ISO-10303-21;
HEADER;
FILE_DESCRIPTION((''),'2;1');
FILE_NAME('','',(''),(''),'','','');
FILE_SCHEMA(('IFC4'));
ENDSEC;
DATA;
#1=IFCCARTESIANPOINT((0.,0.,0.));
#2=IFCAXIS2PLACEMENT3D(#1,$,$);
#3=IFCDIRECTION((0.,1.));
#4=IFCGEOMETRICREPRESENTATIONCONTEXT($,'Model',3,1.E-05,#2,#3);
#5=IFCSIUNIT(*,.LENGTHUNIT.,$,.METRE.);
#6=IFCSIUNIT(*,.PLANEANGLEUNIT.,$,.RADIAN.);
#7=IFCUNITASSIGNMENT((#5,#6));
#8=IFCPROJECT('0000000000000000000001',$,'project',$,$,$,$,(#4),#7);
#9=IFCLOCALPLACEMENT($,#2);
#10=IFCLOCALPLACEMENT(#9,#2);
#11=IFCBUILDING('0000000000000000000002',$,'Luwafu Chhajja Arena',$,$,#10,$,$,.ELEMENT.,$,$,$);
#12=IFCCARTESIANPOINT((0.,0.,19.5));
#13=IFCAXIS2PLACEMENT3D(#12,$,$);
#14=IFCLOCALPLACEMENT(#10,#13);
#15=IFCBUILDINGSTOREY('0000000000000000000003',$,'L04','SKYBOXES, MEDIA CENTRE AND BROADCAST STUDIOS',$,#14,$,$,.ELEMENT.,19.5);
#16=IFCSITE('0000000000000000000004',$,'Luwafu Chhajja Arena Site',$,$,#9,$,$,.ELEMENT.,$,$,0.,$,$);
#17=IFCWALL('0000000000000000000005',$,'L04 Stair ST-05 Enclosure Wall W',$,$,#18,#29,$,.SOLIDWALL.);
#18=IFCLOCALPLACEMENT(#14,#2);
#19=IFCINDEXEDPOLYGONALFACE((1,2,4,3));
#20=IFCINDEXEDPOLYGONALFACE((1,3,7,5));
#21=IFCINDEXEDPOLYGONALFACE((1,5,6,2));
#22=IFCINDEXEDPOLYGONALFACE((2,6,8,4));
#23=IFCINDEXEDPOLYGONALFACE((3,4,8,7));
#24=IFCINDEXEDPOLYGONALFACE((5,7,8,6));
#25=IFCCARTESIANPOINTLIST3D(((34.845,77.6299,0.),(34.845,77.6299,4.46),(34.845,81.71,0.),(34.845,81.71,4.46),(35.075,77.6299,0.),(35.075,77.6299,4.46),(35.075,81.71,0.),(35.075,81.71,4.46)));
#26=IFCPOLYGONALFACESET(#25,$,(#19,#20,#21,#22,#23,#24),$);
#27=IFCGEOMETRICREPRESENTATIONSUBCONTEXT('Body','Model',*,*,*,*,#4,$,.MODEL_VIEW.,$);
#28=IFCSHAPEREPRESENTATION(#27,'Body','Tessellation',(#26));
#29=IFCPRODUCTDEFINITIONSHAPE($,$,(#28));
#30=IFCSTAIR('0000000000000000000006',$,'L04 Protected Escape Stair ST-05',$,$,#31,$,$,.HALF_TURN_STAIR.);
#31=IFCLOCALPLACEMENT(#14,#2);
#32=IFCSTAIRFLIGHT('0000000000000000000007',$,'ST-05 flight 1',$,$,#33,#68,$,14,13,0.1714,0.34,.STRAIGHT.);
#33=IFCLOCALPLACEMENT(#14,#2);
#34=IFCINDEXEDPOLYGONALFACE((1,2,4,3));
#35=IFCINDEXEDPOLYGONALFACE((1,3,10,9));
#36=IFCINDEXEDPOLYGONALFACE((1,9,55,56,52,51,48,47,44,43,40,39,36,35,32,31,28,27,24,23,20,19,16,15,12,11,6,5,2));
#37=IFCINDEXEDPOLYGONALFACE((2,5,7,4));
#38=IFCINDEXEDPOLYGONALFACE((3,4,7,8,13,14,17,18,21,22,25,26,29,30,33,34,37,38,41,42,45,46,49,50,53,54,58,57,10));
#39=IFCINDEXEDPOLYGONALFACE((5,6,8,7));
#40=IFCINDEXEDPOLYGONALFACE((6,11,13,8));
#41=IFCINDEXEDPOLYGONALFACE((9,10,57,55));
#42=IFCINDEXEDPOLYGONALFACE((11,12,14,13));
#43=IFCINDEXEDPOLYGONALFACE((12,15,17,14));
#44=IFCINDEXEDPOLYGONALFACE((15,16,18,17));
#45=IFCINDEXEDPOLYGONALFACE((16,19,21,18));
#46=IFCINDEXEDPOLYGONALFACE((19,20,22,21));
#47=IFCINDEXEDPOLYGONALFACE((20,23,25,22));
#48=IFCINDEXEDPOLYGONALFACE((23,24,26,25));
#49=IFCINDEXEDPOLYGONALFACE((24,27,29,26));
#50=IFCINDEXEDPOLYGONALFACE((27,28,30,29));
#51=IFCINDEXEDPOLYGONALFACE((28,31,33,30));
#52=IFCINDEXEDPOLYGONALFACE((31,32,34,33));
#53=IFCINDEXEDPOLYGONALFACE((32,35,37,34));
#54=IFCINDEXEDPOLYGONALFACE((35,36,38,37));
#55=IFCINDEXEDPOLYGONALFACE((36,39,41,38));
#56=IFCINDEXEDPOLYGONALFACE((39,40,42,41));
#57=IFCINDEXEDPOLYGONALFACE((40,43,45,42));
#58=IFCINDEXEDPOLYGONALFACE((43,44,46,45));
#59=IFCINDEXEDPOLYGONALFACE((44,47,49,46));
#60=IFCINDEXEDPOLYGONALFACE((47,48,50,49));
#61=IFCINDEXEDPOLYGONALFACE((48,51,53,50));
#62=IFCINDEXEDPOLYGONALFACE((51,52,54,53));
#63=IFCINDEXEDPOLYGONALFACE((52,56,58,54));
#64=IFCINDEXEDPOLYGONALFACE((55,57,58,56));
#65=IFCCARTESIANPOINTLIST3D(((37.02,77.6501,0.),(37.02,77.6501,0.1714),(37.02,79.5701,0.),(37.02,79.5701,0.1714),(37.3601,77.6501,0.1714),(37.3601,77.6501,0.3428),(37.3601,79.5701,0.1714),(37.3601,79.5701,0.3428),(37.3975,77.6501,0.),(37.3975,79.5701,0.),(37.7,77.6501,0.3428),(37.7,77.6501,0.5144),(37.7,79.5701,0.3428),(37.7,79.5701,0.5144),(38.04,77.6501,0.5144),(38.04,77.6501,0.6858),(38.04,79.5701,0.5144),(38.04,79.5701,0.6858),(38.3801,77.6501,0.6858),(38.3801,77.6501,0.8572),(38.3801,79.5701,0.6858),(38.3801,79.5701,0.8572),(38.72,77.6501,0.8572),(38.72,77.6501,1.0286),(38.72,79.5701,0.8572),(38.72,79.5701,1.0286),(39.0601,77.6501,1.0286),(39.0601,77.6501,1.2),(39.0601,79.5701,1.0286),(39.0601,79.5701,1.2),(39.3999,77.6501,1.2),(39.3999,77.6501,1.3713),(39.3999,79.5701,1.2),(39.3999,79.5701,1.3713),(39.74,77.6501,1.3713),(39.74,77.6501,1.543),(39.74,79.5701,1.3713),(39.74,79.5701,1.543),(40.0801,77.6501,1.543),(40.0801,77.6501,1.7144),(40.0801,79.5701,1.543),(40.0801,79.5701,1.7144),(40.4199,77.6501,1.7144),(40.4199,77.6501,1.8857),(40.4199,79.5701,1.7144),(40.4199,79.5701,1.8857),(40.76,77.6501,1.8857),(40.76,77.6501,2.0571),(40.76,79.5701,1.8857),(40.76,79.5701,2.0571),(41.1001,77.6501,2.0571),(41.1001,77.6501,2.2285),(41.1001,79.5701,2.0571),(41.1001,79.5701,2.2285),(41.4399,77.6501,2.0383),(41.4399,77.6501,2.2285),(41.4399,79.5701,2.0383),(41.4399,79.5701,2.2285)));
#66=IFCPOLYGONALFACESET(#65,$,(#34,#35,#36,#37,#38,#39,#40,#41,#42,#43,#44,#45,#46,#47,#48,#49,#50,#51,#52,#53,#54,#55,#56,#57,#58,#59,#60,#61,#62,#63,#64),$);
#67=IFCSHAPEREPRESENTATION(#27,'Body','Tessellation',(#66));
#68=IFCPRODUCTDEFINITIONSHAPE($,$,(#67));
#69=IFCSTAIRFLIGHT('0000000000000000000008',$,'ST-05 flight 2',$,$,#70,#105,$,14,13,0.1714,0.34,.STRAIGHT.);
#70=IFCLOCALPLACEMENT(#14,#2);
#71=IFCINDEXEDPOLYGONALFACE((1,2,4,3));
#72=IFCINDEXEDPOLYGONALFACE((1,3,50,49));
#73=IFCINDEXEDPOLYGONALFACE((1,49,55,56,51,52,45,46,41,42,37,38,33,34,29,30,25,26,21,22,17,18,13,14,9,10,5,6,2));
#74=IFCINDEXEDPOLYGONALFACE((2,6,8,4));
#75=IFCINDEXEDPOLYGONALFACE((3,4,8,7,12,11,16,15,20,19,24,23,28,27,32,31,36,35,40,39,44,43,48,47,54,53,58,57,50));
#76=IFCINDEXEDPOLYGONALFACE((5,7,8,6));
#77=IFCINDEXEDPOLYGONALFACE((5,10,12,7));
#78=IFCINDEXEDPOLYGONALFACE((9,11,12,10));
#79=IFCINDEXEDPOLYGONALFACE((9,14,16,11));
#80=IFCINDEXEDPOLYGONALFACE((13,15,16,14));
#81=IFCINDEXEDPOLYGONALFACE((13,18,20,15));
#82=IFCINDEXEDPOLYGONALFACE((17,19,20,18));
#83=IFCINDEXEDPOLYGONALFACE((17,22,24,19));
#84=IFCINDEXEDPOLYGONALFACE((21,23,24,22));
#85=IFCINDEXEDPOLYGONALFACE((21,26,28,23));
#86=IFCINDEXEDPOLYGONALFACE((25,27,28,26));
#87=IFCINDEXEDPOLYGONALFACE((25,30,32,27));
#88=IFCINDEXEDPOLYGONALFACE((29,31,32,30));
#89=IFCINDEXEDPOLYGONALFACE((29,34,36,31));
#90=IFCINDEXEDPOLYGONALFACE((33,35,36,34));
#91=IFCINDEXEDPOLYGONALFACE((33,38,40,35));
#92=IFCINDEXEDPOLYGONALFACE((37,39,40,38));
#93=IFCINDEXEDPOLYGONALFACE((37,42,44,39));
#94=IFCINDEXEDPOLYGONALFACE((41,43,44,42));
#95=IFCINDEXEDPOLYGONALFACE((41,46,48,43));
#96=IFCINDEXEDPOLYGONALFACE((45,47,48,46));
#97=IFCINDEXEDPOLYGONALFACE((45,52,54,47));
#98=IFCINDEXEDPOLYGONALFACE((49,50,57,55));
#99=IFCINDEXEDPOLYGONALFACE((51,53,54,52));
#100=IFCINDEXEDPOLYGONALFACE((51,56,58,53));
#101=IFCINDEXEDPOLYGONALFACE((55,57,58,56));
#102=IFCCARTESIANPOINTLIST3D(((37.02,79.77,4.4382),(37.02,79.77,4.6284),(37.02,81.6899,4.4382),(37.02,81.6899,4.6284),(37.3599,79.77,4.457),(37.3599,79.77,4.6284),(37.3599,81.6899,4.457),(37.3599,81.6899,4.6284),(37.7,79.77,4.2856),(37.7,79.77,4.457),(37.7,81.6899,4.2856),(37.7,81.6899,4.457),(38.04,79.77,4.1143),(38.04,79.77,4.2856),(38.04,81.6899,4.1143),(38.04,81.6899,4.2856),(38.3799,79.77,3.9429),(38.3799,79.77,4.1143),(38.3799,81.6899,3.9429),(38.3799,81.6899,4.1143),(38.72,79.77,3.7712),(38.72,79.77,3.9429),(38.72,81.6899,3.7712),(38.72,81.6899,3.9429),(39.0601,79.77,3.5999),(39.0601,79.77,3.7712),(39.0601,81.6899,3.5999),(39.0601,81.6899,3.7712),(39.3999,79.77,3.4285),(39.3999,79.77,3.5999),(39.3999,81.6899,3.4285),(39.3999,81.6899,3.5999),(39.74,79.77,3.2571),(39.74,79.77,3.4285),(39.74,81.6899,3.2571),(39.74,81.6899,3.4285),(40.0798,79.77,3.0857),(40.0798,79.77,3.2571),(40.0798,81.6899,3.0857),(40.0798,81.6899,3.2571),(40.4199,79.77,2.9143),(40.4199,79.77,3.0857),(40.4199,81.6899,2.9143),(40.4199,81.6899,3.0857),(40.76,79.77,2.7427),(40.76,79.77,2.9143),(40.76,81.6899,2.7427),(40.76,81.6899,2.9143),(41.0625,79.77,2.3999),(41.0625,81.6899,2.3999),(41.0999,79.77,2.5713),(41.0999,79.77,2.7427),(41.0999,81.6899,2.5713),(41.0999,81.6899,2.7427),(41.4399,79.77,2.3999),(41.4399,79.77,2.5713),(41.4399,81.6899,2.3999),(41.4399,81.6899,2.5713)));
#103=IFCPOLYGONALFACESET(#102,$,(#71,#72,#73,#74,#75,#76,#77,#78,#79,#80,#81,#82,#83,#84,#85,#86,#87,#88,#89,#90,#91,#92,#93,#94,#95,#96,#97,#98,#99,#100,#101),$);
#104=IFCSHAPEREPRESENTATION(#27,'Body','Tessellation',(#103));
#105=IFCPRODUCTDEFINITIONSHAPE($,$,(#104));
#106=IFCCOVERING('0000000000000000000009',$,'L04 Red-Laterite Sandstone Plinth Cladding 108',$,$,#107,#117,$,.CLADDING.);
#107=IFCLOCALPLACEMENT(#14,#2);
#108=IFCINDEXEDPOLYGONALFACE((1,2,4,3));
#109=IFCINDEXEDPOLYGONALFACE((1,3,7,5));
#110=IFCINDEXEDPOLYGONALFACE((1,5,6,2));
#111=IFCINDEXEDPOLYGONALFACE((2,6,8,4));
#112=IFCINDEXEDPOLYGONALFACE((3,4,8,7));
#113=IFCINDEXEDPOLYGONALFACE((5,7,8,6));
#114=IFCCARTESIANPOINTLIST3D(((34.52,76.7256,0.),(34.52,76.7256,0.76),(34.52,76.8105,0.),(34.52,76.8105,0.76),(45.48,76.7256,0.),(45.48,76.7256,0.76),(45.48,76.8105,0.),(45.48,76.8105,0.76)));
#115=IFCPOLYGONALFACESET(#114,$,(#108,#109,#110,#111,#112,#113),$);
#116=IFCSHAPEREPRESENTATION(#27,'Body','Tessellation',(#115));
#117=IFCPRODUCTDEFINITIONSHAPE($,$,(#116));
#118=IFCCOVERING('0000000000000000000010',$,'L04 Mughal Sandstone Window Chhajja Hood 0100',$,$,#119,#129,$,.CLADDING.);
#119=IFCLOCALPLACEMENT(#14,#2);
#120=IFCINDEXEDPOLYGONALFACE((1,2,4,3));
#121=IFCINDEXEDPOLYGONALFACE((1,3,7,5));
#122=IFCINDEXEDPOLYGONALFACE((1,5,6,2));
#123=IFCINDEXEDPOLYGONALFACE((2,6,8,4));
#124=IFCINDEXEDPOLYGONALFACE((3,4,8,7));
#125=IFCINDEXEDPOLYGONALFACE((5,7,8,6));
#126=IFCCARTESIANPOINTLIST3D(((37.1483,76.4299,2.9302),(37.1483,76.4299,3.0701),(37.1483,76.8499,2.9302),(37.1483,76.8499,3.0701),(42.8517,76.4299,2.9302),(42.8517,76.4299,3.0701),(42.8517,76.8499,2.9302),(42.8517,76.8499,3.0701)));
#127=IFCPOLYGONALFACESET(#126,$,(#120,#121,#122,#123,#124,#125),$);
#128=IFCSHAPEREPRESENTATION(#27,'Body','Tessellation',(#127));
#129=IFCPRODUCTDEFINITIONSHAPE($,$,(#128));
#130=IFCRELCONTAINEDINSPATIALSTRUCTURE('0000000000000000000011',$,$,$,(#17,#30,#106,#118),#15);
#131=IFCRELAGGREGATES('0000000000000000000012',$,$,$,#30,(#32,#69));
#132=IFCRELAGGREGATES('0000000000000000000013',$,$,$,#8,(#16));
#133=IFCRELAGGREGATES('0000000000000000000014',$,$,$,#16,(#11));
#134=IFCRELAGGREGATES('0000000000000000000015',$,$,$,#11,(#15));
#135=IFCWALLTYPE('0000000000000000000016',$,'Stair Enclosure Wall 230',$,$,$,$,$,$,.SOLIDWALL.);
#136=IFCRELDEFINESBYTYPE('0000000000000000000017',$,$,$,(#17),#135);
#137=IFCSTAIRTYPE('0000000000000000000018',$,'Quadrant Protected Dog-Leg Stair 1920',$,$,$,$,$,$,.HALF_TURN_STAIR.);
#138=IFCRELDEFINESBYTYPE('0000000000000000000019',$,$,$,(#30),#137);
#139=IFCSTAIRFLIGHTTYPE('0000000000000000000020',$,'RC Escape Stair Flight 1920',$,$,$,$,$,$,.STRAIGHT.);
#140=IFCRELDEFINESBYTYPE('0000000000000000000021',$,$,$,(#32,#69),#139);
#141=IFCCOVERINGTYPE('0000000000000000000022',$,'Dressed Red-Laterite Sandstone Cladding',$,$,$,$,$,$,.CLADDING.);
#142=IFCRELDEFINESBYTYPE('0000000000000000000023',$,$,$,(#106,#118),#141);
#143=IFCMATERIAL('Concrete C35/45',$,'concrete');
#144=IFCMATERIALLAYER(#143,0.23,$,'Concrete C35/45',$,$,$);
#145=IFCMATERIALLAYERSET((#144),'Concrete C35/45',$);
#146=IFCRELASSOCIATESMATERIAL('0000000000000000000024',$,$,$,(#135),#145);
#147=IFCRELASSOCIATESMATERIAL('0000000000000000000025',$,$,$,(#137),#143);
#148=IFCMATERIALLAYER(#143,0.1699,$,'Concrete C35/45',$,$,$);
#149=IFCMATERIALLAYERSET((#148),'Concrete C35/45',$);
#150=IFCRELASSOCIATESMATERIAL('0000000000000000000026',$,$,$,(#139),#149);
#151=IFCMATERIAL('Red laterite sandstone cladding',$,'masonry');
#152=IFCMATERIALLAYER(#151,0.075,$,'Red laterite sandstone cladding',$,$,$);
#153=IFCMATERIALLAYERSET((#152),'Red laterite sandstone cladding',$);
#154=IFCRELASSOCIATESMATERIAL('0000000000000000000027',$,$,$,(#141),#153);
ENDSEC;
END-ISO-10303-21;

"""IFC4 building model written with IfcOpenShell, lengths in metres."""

from ifc_helpers import new_model, si_unit, direction, frame, frame_2d, origin, origin_2d, place, context, subcontext, project, spatial, polyline, rectangle, outline, extrude, material, layer, layer_set, type_object, element, aggregate, save


model = new_model("IFC4")

# Units and contexts
model_context = context("Model", 3, precision=1e-05, world=origin(), true_north=direction((0.0, 1.0)))
body_context = subcontext(model_context, "Body", "Model", "MODEL_VIEW")
ifc_project = project(units=[si_unit("LENGTHUNIT", "METRE"), si_unit("PLANEANGLEUNIT", "RADIAN")], contexts=[model_context])

# Site, building, storey
site_placement = place(None, origin())
site = spatial("IfcSite", under=ifc_project, at=site_placement, Name="Luwafu Chhajja Arena Site", CompositionType="ELEMENT", RefElevation=0.0)
building_placement = place(site_placement, origin())
building = spatial("IfcBuilding", under=site, at=building_placement, Name="Luwafu Chhajja Arena", CompositionType="ELEMENT")
storey_placement = place(building_placement, frame((0.0, 0.0, 19.5)))
storey = spatial("IfcBuildingStorey", under=building, at=storey_placement, Name="L04", Description="SKYBOXES, MEDIA CENTRE AND BROADCAST STUDIOS", CompositionType="ELEMENT", Elevation=19.5)

# Shared definitions
ifc_material_1 = material(Name="Concrete C35/45", Category="concrete")

# Wall
ifc_layer_1 = layer(ifc_material_1, 0.23, Name="Concrete C35/45")
ifc_layer_set_1 = layer_set([ifc_layer_1], Name="Concrete C35/45")
wall_type_1 = type_object("IfcWallType", Name="Stair Enclosure Wall 230", PredefinedType="SOLIDWALL", material=ifc_layer_set_1)
wall_1_placement = place(storey_placement, frame((34.96, 77.6299, 0.0), z_axis=(0.0, 0.0, 1.0), x_axis=(0.0, 1.0, 0.0)))
element("IfcWall", 1, at=wall_1_placement, inside=storey, type_object=wall_type_1, Name="L04 Stair ST-05 Enclosure Wall W", PredefinedType="SOLIDWALL", context=body_context, shape_type="SweptSolid", body=[
    extrude(rectangle(XDim=4.0801, YDim=0.23, at=frame_2d((2.04, 0.0))), origin(), (0.0, 0.0, 1.0), 4.46),
])

# Stair, stair flights
stair_type = type_object("IfcStairType", Name="Quadrant Protected Dog-Leg Stair 1920", PredefinedType="HALF_TURN_STAIR", material=ifc_material_1)
stair_placement = place(storey_placement, origin())
stair = element("IfcStair", 2, at=stair_placement, inside=storey, type_object=stair_type, Name="L04 Protected Escape Stair ST-05", PredefinedType="HALF_TURN_STAIR")
ifc_layer_2 = layer(ifc_material_1, 0.1699, Name="Concrete C35/45")
ifc_layer_set_2 = layer_set([ifc_layer_2], Name="Concrete C35/45")
stair_flight_type = type_object("IfcStairFlightType", Name="RC Escape Stair Flight 1920", PredefinedType="STRAIGHT", material=ifc_layer_set_2)
stair_flight_1_placement = place(storey_placement, frame((37.02, 78.6101, 0.0), z_axis=(0.0, 0.0, 1.0), x_axis=(1.0, 0.0, 0.0)))
stair_flight_1 = element("IfcStairFlight", 3, at=stair_flight_1_placement, type_object=stair_flight_type, Name="ST-05 flight 1", NumberOfRisers=14, NumberOfTreads=13, PredefinedType="STRAIGHT", RiserHeight=0.1714, TreadLength=0.34, context=body_context, shape_type="SweptSolid", body=[
    extrude(outline(polyline([(0.0, 0.0), (0.0, 0.1714), (0.3401, 0.1714), (0.3401, 0.3428), (0.6799, 0.3428), (0.6799, 0.5144), (1.02, 0.5144), (1.02, 0.6858), (1.3601, 0.6858), (1.3601, 0.8572), (1.7, 0.8572), (1.7, 1.0286), (2.04, 1.0286), (2.04, 1.2), (2.3799, 1.2), (2.3799, 1.3713), (2.72, 1.3713), (2.72, 1.543), (3.0601, 1.543), (3.0601, 1.7144), (3.3999, 1.7144), (3.3999, 1.8857), (3.74, 1.8857), (3.74, 2.0571), (4.0801, 2.0571), (4.0801, 2.2285), (4.4199, 2.2285), (4.4199, 2.3999), (4.4199, 2.0383), (0.3774, 0.0), (0.0, 0.0)])), frame((0.0, 0.96, 0.0), z_axis=(0.0, -1.0, 0.0), x_axis=(1.0, 0.0, 0.0)), (0.0, 0.0, 1.0), 1.9199),
])
stair_flight_2_placement = place(storey_placement, frame((41.4399, 80.73, 2.3999), z_axis=(0.0, 0.0, 1.0), x_axis=(-1.0, 0.0, 0.0)))
stair_flight_2 = element("IfcStairFlight", 4, at=stair_flight_2_placement, type_object=stair_flight_type, Name="ST-05 flight 2", NumberOfRisers=14, NumberOfTreads=13, PredefinedType="STRAIGHT", RiserHeight=0.1714, TreadLength=0.34, context=body_context, shape_type="SweptSolid", body=[
    extrude(outline(polyline([(0.0, 0.0), (0.0, 0.1714), (0.3401, 0.1714), (0.3401, 0.3428), (0.6799, 0.3428), (0.6799, 0.5144), (1.02, 0.5144), (1.02, 0.6858), (1.3601, 0.6858), (1.3601, 0.8572), (1.7, 0.8572), (1.7, 1.0286), (2.04, 1.0286), (2.04, 1.2), (2.3799, 1.2), (2.3799, 1.3713), (2.72, 1.3713), (2.72, 1.543), (3.0601, 1.543), (3.0601, 1.7144), (3.3999, 1.7144), (3.3999, 1.8857), (3.74, 1.8857), (3.74, 2.0571), (4.0801, 2.0571), (4.0801, 2.2285), (4.4199, 2.2285), (4.4199, 2.3999), (4.4199, 2.0383), (0.3774, 0.0), (0.0, 0.0)])), frame((0.0, 0.96, 0.0), z_axis=(0.0, -1.0, 0.0), x_axis=(1.0, 0.0, 0.0)), (0.0, 0.0, 1.0), 1.9199),
])
aggregate(stair, [stair_flight_1, stair_flight_2])

# Coverings
ifc_material_2 = material(Name="Red laterite sandstone cladding", Category="masonry")
ifc_layer_3 = layer(ifc_material_2, 0.075, Name="Red laterite sandstone cladding")
ifc_layer_set_3 = layer_set([ifc_layer_3], Name="Red laterite sandstone cladding")
covering_type = type_object("IfcCoveringType", Name="Dressed Red-Laterite Sandstone Cladding", PredefinedType="CLADDING", material=ifc_layer_set_3)
covering_1_placement = place(storey_placement, frame((40.0, 76.7681, 0.0), z_axis=(0.0, 0.0, 1.0), x_axis=(1.0, 0.0, 0.0)))
element("IfcCovering", 5, at=covering_1_placement, inside=storey, type_object=covering_type, Name="L04 Red-Laterite Sandstone Plinth Cladding 108", PredefinedType="CLADDING", context=body_context, shape_type="SweptSolid", body=[
    extrude(rectangle(XDim=10.96, YDim=0.085, at=origin_2d()), origin(), (0.0, 0.0, 1.0), 0.76),
])
covering_2_placement = place(storey_placement, frame((40.0, 76.6399, 2.9302), z_axis=(0.0, 0.0, 1.0), x_axis=(1.0, 0.0, 0.0)))
element("IfcCovering", 6, at=covering_2_placement, inside=storey, type_object=covering_type, Name="L04 Mughal Sandstone Window Chhajja Hood 0100", PredefinedType="CLADDING", context=body_context, shape_type="SweptSolid", body=[
    extrude(rectangle(XDim=5.7034, YDim=0.4199, at=origin_2d()), origin(), (0.0, 0.0, 1.0), 0.1399),
])

save(model, "model.ifc")
